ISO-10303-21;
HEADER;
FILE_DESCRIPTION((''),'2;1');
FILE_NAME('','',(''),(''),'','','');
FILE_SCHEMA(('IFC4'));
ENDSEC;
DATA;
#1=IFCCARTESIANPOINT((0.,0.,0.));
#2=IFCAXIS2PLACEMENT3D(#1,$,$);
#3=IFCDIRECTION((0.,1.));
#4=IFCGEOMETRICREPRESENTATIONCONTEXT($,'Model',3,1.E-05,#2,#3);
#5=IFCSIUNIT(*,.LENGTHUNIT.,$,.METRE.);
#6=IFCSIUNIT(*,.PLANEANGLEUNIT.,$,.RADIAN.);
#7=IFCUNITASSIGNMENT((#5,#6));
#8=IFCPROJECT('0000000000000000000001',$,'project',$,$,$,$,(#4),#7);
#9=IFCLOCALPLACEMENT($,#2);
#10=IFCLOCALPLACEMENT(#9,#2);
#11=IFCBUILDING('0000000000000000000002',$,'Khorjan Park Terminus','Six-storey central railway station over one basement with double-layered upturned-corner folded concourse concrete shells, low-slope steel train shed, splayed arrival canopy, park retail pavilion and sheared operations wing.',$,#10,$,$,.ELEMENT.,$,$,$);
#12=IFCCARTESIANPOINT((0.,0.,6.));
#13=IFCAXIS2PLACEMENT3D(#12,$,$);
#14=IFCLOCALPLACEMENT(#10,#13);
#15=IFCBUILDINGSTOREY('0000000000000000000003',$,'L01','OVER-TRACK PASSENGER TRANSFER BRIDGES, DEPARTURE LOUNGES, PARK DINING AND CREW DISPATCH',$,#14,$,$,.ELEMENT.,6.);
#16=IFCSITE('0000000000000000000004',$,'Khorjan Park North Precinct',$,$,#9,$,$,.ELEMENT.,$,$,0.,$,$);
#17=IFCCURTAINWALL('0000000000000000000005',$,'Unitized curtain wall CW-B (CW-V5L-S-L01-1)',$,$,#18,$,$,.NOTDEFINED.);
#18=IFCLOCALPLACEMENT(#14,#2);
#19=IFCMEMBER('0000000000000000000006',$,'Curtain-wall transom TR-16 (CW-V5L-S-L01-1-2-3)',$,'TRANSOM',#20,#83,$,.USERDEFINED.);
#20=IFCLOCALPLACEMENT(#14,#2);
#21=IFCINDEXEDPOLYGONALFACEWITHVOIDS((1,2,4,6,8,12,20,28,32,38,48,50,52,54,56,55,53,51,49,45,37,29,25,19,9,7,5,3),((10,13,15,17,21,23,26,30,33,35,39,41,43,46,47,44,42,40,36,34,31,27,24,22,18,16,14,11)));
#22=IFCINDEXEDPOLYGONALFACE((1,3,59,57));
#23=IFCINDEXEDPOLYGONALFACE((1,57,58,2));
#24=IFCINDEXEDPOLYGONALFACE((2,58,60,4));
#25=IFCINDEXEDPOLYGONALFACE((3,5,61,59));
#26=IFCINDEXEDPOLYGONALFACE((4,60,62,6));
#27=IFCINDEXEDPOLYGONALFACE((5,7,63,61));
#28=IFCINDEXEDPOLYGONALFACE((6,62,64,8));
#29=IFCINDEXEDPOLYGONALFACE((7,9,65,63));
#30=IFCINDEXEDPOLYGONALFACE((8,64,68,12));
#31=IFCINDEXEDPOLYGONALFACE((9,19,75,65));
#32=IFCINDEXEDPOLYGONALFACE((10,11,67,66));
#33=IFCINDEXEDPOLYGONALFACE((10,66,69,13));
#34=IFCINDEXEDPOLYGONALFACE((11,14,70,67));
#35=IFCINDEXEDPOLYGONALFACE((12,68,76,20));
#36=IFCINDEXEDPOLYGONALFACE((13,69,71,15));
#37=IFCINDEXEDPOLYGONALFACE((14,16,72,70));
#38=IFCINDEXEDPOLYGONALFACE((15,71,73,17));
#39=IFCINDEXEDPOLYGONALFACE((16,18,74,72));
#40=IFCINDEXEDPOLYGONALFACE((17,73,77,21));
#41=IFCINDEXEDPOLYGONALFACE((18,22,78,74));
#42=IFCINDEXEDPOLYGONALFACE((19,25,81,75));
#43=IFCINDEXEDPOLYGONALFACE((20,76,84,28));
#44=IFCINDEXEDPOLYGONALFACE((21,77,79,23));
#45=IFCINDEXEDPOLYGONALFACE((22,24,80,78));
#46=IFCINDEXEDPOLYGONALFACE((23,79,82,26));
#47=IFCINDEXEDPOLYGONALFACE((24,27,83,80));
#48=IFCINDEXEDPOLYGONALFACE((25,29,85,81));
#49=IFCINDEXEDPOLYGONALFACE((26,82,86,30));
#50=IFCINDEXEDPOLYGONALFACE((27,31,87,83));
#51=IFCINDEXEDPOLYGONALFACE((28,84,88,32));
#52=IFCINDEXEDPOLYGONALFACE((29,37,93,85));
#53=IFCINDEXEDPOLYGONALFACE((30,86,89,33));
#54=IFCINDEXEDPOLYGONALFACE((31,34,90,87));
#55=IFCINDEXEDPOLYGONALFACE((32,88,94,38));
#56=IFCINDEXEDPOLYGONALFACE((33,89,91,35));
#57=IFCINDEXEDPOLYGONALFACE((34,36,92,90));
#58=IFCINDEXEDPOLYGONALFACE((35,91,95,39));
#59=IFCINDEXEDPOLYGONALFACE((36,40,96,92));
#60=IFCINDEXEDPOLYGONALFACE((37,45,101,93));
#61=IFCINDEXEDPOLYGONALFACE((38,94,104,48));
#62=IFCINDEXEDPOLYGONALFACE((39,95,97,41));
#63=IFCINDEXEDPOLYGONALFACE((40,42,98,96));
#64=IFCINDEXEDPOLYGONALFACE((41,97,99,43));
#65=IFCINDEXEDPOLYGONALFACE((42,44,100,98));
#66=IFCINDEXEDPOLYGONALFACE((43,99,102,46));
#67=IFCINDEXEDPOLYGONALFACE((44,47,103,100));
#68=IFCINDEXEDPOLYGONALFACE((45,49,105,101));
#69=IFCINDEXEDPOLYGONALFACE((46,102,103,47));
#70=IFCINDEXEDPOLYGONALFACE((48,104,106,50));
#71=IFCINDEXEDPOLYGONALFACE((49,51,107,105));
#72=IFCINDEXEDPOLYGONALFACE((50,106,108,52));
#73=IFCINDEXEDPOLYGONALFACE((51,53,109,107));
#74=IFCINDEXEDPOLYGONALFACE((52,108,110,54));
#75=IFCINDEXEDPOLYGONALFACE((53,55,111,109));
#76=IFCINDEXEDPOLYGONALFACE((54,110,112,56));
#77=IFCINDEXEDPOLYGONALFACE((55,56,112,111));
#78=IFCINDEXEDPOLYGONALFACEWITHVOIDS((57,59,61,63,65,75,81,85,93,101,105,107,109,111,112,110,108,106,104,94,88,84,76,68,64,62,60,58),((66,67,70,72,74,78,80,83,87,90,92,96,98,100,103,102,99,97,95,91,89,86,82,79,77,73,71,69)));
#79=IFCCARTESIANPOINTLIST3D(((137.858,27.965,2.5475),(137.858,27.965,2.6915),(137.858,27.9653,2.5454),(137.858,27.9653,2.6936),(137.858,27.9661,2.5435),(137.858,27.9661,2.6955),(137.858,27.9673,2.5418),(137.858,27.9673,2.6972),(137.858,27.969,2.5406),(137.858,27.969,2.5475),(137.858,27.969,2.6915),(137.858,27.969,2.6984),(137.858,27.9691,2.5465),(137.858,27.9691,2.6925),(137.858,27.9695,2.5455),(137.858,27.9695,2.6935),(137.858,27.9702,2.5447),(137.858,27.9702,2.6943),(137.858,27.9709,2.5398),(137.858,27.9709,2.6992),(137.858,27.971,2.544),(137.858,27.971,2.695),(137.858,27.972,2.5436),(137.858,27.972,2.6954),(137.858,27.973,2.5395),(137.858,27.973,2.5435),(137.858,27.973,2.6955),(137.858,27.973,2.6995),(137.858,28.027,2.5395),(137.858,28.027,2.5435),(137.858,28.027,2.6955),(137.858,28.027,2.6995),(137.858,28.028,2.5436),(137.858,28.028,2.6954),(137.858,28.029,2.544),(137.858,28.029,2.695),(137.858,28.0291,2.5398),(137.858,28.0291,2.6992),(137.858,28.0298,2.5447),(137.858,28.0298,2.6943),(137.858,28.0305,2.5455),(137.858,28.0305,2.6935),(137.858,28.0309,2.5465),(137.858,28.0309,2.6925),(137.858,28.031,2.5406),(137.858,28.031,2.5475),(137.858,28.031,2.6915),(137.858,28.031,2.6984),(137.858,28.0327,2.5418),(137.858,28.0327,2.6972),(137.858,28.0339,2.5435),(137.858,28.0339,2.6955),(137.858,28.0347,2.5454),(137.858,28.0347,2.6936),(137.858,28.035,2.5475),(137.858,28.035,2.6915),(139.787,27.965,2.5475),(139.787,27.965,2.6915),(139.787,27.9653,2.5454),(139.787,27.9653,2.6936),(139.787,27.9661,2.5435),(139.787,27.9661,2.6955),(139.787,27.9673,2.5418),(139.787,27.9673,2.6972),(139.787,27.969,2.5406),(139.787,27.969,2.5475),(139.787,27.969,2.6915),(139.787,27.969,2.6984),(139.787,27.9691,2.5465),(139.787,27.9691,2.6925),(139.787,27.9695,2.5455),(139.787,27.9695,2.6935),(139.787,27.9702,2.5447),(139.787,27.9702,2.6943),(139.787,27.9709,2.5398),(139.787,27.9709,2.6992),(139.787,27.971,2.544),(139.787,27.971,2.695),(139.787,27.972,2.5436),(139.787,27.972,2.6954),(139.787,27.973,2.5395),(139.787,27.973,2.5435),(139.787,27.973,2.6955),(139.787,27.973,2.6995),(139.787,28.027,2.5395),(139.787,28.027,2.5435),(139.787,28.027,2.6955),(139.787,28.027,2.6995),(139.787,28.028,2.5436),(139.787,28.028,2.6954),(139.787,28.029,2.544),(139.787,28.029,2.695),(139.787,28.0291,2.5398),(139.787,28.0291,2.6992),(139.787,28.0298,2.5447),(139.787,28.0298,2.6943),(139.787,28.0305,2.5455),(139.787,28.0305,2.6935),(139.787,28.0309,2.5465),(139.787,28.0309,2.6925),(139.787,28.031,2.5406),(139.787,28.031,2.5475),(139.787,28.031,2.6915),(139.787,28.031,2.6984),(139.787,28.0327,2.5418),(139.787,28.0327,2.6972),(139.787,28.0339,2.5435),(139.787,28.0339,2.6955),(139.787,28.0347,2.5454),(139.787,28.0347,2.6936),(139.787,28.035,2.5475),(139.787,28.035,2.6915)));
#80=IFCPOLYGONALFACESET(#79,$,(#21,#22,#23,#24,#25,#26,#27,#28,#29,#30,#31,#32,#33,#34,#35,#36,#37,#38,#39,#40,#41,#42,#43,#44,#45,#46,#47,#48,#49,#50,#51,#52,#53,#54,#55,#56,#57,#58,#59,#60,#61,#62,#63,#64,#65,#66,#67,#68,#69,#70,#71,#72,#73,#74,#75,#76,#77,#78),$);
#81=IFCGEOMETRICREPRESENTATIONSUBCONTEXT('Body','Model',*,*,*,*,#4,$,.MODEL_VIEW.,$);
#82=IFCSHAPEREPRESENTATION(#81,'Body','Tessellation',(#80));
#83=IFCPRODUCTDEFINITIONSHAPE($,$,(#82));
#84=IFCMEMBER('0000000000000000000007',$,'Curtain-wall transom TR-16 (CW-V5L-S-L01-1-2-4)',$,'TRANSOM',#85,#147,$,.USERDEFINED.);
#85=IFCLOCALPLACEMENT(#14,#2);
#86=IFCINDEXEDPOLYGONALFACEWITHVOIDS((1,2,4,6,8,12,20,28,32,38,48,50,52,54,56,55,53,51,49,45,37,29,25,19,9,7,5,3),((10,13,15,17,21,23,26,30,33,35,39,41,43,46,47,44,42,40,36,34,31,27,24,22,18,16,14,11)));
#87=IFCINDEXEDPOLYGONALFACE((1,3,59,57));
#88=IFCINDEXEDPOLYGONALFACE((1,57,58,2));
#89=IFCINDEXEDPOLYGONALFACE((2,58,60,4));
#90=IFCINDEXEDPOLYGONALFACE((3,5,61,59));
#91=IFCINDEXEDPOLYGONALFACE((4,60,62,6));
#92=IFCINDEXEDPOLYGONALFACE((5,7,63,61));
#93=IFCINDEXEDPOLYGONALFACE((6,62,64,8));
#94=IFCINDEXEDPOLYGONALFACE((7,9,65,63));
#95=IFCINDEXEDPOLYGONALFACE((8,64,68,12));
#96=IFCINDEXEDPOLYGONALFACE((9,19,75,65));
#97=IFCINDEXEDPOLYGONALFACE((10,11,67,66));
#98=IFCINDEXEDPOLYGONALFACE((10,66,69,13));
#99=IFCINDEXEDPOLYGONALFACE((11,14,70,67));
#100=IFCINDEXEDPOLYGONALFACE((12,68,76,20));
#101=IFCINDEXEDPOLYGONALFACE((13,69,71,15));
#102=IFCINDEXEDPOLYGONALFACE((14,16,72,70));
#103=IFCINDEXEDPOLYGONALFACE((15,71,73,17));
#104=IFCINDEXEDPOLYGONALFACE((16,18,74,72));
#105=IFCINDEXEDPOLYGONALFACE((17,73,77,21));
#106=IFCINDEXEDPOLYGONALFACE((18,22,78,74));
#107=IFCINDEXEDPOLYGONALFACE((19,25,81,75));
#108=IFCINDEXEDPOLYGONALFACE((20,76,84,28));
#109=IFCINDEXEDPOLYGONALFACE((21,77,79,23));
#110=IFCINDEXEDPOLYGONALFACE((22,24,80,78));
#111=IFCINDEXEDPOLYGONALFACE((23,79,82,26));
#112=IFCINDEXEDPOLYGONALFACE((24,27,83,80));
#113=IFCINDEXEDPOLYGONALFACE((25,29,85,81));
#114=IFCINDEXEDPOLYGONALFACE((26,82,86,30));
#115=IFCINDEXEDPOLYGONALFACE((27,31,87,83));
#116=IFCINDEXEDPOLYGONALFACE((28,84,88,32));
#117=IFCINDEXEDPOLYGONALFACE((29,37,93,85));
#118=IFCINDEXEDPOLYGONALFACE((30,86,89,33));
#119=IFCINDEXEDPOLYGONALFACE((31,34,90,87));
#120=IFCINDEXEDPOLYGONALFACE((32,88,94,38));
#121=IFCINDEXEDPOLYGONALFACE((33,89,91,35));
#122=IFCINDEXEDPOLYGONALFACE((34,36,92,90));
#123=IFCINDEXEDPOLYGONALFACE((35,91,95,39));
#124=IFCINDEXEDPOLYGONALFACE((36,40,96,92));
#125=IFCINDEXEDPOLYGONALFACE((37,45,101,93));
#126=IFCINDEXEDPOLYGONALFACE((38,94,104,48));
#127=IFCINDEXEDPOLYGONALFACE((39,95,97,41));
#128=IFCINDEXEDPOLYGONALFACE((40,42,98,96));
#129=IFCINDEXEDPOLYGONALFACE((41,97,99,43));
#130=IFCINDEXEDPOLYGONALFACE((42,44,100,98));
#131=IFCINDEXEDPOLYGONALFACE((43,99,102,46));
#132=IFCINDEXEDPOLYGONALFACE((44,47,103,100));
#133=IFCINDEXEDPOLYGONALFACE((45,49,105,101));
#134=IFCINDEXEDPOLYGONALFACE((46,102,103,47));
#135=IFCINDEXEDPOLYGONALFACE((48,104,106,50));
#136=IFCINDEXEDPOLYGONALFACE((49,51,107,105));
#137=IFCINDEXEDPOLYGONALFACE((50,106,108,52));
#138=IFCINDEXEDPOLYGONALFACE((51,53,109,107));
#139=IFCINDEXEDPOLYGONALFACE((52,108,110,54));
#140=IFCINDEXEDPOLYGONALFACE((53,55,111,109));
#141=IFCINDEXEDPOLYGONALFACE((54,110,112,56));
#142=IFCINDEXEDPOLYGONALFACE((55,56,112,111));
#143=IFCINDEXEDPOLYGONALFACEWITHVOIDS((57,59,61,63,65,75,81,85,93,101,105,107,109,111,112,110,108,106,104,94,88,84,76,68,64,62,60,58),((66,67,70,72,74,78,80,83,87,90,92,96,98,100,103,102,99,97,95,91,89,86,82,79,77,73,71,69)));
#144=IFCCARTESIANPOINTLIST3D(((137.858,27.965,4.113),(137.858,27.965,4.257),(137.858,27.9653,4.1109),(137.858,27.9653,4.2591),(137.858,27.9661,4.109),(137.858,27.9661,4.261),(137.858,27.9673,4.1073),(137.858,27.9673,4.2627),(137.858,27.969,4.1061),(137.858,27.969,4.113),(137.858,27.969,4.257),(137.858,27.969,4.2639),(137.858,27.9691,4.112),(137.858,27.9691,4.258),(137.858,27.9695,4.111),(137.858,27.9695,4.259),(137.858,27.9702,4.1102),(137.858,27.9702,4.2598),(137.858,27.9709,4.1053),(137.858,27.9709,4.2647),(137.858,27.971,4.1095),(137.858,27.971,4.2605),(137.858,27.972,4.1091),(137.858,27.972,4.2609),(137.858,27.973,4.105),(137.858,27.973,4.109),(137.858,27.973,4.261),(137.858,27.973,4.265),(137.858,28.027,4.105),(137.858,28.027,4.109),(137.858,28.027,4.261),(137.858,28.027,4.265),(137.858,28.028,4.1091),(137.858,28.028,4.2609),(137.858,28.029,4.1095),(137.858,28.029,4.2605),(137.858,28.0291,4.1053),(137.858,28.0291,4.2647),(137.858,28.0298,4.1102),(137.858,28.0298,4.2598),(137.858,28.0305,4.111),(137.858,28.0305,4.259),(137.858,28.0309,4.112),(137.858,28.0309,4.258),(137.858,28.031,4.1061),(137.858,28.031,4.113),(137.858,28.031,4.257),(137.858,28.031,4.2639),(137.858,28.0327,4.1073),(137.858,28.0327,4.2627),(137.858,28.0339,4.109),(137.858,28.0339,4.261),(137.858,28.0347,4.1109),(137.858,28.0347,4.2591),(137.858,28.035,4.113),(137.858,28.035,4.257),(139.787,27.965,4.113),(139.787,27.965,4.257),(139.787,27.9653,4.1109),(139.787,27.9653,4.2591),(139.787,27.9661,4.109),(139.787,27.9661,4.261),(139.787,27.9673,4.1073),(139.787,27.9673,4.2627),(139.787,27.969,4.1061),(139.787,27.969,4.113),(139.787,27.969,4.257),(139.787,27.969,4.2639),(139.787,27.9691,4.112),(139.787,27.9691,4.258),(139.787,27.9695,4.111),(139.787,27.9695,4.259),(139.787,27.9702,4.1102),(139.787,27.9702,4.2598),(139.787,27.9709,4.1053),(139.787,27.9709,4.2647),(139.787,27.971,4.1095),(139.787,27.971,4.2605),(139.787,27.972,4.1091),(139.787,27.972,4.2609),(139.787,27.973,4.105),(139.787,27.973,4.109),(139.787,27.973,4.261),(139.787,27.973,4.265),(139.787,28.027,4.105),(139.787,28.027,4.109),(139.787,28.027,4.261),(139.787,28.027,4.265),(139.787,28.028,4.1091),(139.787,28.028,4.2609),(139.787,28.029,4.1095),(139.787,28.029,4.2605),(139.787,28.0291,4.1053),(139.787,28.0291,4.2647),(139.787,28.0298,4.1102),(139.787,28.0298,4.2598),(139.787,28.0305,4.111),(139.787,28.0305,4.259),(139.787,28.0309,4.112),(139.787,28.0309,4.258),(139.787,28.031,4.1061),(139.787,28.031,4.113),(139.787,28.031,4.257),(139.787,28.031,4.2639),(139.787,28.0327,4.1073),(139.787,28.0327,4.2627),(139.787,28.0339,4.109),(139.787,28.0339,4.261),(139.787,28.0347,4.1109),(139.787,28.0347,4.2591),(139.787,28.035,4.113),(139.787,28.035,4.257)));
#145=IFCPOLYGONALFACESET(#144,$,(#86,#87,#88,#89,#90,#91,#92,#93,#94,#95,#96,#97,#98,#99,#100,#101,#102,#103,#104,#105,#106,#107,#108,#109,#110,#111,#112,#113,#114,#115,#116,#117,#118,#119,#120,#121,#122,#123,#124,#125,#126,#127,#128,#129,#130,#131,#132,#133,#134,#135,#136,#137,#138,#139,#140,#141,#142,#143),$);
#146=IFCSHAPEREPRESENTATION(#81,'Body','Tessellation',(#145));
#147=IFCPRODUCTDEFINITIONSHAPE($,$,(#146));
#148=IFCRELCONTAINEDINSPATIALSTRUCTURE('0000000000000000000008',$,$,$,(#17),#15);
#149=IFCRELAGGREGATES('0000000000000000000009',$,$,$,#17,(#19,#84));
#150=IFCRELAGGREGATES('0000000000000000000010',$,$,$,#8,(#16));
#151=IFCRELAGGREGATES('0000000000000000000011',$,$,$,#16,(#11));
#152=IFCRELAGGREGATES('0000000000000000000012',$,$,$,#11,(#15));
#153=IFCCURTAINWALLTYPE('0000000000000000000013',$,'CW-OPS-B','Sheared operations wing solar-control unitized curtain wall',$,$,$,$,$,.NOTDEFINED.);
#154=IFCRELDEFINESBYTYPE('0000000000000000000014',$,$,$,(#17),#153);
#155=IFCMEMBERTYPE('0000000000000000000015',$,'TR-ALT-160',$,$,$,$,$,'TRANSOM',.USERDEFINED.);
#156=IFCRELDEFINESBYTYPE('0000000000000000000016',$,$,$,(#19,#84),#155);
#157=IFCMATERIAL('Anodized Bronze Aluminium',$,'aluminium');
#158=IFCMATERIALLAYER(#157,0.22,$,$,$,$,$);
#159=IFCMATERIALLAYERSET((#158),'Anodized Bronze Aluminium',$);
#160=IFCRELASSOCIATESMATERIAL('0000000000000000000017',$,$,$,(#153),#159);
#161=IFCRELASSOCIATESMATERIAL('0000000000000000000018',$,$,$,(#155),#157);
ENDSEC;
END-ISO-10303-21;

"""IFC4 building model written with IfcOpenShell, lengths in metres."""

from ifc_helpers import new_model, si_unit, direction, frame, origin, origin_2d, place, context, subcontext, project, spatial, hollow_rectangle, extrude, material, layer, layer_set, material_profile, profile_set, type_object, element, aggregate, save


model = new_model("IFC4")

# Units and contexts
model_context = context("Model", 3, precision=1e-05, world=origin(), true_north=direction((0.0, 1.0)))
body_context = subcontext(model_context, "Body", "Model", "MODEL_VIEW")
ifc_project = project(units=[si_unit("LENGTHUNIT", "METRE"), si_unit("PLANEANGLEUNIT", "RADIAN")], contexts=[model_context])

# Site, building, storey
site_placement = place(None, origin())
site = spatial("IfcSite", under=ifc_project, at=site_placement, Name="Khorjan Park North Precinct", CompositionType="ELEMENT", RefElevation=0.0)
building_placement = place(site_placement, origin())
building = spatial("IfcBuilding", under=site, at=building_placement, Name="Khorjan Park Terminus", Description="Six-storey central railway station over one basement with double-layered upturned-corner folded concourse concrete shells, low-slope steel train shed, splayed arrival canopy, park retail pavilion and sheared operations wing.", CompositionType="ELEMENT")
storey_placement = place(building_placement, frame((0.0, 0.0, 6.0)))
storey = spatial("IfcBuildingStorey", under=building, at=storey_placement, Name="L01", Description="OVER-TRACK PASSENGER TRANSFER BRIDGES, DEPARTURE LOUNGES, PARK DINING AND CREW DISPATCH", CompositionType="ELEMENT", Elevation=6.0)

# Curtain wall
ifc_material_1 = material(Name="Anodized Bronze Aluminium", Category="aluminium")
ifc_layer_1 = layer(ifc_material_1, 0.22)
ifc_layer_set_1 = layer_set([ifc_layer_1], Name="Anodized Bronze Aluminium")
curtain_wall_type = type_object("IfcCurtainWallType", Name="CW-OPS-B", Description="Sheared operations wing solar-control unitized curtain wall", PredefinedType="NOTDEFINED", material=ifc_layer_set_1)
curtain_wall_placement = place(storey_placement, origin())
curtain_wall = element("IfcCurtainWall", 1, at=curtain_wall_placement, inside=storey, type_object=curtain_wall_type, Name="Unitized curtain wall CW-B (CW-V5L-S-L01-1)", PredefinedType="NOTDEFINED")

# Members
ifc_material_profile_1 = material_profile(ifc_material_1, hollow_rectangle(XDim=0.07, YDim=0.16, WallThickness=0.004, InnerFilletRadius=0.004, OuterFilletRadius=0.008, at=origin_2d()), Name="ALT 70x160x4")
ifc_profile_set_1 = profile_set([ifc_material_profile_1], Name="Anodized Bronze Aluminium")
member_type_1 = type_object("IfcMemberType", Name="TR-ALT-160", ElementType="TRANSOM", PredefinedType="USERDEFINED", material=ifc_profile_set_1)
member_1_placement = place(storey_placement, frame((137.858, 28.0, 2.6195), z_axis=(1.0, 0.0, 0.0), x_axis=(0.0, 1.0, 0.0)))
member_1 = element("IfcMember", 2, at=member_1_placement, type_object=member_type_1, Name="Curtain-wall transom TR-16 (CW-V5L-S-L01-1-2-3)", ObjectType="TRANSOM", PredefinedType="USERDEFINED", context=body_context, shape_type="SweptSolid", body=[
    extrude(hollow_rectangle(XDim=0.07, YDim=0.16, WallThickness=0.004, InnerFilletRadius=0.004, OuterFilletRadius=0.008, at=origin_2d()), origin(), (0.0, 0.0, 1.0), 1.929),
])
member_2_placement = place(storey_placement, frame((137.858, 28.0, 4.185), z_axis=(1.0, 0.0, 0.0), x_axis=(0.0, 1.0, 0.0)))
member_2 = element("IfcMember", 3, at=member_2_placement, type_object=member_type_1, Name="Curtain-wall transom TR-16 (CW-V5L-S-L01-1-2-4)", ObjectType="TRANSOM", PredefinedType="USERDEFINED", context=body_context, shape_type="SweptSolid", body=[
    extrude(hollow_rectangle(XDim=0.07, YDim=0.16, WallThickness=0.004, InnerFilletRadius=0.004, OuterFilletRadius=0.008, at=origin_2d()), origin(), (0.0, 0.0, 1.0), 1.929),
])

aggregate(curtain_wall, [member_1, member_2])

save(model, "model.ifc")
